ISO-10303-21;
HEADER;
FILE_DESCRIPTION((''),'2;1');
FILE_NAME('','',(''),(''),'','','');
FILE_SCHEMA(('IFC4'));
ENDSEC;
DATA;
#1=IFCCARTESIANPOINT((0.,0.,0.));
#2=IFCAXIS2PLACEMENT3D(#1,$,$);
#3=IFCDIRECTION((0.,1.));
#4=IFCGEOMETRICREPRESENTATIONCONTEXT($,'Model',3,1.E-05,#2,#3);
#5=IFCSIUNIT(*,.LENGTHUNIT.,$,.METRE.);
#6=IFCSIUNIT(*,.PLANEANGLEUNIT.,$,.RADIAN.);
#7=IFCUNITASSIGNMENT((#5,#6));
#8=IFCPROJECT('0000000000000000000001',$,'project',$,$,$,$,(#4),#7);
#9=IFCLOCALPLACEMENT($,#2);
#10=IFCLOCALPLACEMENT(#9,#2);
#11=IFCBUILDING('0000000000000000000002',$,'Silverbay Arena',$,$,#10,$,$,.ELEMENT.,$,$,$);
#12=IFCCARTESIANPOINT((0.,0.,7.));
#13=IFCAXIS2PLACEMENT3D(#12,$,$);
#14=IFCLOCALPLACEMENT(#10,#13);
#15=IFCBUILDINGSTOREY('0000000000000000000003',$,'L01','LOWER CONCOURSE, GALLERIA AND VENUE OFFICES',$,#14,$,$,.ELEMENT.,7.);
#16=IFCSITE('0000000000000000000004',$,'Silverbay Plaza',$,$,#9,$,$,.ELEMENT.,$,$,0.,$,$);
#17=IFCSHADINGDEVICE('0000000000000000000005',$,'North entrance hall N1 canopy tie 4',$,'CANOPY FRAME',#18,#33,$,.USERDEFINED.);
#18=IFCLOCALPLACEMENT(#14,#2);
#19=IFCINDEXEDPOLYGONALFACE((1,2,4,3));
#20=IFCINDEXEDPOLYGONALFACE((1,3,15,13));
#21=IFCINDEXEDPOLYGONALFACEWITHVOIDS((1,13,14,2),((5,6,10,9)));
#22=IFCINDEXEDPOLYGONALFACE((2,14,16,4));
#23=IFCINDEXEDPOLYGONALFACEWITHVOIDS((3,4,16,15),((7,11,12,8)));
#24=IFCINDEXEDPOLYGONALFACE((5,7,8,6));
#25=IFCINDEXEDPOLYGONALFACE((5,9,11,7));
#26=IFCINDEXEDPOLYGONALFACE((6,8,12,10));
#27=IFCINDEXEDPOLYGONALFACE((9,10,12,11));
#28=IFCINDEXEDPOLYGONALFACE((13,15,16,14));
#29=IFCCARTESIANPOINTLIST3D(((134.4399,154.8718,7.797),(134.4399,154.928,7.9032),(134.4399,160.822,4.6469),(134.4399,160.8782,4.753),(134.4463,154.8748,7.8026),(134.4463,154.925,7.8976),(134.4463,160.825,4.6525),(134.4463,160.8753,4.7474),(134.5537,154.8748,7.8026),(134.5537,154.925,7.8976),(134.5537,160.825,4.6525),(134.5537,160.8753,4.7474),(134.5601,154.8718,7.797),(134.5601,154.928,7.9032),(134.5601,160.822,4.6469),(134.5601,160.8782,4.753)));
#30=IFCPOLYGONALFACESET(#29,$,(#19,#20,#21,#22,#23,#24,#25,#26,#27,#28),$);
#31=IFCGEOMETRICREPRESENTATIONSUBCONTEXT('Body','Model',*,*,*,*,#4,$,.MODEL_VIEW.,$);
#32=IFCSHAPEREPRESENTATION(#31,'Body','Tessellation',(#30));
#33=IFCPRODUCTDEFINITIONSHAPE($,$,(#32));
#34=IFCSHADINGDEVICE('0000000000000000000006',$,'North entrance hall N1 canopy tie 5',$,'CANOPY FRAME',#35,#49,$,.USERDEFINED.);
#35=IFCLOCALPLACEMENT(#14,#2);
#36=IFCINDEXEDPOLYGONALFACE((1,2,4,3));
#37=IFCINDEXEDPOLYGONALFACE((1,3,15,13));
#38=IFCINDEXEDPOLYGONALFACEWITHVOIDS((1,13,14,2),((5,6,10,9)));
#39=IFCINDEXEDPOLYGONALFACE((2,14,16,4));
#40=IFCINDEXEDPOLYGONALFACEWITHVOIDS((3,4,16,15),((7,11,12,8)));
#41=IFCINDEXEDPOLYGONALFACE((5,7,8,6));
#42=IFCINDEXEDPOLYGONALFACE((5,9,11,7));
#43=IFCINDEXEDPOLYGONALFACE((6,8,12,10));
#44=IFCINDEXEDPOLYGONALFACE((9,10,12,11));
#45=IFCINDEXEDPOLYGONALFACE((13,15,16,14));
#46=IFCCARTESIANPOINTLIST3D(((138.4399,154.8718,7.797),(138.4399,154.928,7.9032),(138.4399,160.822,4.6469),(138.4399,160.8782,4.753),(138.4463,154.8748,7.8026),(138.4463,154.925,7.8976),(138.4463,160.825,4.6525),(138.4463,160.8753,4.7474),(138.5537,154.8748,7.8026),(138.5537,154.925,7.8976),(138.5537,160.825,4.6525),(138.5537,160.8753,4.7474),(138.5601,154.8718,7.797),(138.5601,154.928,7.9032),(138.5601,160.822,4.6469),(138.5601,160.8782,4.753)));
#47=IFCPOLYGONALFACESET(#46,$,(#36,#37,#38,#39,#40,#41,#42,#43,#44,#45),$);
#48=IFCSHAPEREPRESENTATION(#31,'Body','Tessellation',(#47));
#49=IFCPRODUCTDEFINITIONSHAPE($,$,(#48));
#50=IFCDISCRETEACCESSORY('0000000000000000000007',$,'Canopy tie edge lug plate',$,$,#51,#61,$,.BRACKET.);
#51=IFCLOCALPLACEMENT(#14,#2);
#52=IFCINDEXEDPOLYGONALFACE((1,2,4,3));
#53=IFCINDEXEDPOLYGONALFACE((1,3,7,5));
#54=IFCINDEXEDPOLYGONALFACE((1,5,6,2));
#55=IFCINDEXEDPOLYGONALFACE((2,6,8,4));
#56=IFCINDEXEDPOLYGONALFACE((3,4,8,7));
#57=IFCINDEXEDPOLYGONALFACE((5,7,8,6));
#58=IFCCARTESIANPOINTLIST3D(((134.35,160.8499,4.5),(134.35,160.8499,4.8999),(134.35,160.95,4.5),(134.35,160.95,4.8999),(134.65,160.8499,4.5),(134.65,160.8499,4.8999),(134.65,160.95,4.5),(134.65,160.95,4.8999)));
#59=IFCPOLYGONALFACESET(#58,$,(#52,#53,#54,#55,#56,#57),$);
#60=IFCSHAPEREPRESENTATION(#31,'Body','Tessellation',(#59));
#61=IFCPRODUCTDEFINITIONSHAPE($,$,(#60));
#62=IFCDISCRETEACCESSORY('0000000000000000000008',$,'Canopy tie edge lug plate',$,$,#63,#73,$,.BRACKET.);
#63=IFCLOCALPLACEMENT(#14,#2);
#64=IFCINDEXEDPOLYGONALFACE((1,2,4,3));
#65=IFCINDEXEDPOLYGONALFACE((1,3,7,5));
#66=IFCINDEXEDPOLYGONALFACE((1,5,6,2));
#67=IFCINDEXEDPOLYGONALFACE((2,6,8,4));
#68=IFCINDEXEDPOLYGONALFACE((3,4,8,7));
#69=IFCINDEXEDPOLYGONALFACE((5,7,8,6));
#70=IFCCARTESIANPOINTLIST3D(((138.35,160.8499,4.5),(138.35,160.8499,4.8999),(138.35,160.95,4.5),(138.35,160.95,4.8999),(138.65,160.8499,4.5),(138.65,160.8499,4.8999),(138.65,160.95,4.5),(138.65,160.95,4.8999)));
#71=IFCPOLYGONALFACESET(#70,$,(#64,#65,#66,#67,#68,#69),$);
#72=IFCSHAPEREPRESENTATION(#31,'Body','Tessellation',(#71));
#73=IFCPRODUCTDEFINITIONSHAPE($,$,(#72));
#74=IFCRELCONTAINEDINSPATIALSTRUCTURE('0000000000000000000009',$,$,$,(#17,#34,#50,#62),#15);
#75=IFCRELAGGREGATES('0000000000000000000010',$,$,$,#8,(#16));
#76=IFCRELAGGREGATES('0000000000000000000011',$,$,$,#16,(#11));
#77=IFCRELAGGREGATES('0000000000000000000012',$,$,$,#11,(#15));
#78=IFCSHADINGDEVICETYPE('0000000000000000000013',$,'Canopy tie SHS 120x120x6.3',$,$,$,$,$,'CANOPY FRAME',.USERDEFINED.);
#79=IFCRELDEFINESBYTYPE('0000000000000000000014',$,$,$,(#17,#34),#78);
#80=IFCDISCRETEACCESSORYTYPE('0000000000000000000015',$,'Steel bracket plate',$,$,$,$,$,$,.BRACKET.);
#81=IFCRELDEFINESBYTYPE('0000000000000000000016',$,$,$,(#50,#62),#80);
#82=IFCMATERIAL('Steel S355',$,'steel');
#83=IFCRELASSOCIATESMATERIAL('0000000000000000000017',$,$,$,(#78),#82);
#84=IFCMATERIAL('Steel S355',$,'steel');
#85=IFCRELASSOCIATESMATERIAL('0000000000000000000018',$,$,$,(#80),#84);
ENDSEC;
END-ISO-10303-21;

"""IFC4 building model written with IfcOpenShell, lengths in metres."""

from ifc_helpers import new_model, si_unit, direction, frame, origin, origin_2d, place, context, subcontext, project, spatial, rectangle, hollow_rectangle, extrude, material, material_profile, profile_set, type_object, element, save


model = new_model("IFC4")

# Units and contexts
model_context = context("Model", 3, precision=1e-05, world=origin(), true_north=direction((0.0, 1.0)))
body_context = subcontext(model_context, "Body", "Model", "MODEL_VIEW")
ifc_project = project(units=[si_unit("LENGTHUNIT", "METRE"), si_unit("PLANEANGLEUNIT", "RADIAN")], contexts=[model_context])

# Site, building, storey
site_placement = place(None, origin())
site = spatial("IfcSite", under=ifc_project, at=site_placement, Name="Silverbay Plaza", CompositionType="ELEMENT", RefElevation=0.0)
building_placement = place(site_placement, origin())
building = spatial("IfcBuilding", under=site, at=building_placement, Name="Silverbay Arena", CompositionType="ELEMENT")
storey_placement = place(building_placement, frame((0.0, 0.0, 7.0)))
storey = spatial("IfcBuildingStorey", under=building, at=storey_placement, Name="L01", Description="LOWER CONCOURSE, GALLERIA AND VENUE OFFICES", CompositionType="ELEMENT", Elevation=7.0)

# Shading devices
ifc_material_1 = material(Name="Steel S355", Category="steel")
ifc_material_profile_1 = material_profile(ifc_material_1, hollow_rectangle(XDim=0.1201, YDim=0.1201, WallThickness=0.0063, at=origin_2d()), Name="SHS 120x120x6.3")
ifc_profile_set_1 = profile_set([ifc_material_profile_1], Name="Steel S355")
shading_device_type_1 = type_object("IfcShadingDeviceType", Name="Canopy tie SHS 120x120x6.3", ElementType="CANOPY FRAME", PredefinedType="USERDEFINED", material=ifc_profile_set_1)
for number, where, z_axis, x_axis, name in (
    (1, (134.5, 154.8999, 7.8501), (0.0, 0.883785, -0.467893), (-1.0, 0.0, 0.0), "North entrance hall N1 canopy tie 4"),
    (2, (138.5, 154.8999, 7.8501), (0.0, 0.883785, -0.467893), (-1.0, 0.0, 0.0), "North entrance hall N1 canopy tie 5"),
):
    element("IfcShadingDevice", number, at=place(storey_placement, frame(where, z_axis=z_axis, x_axis=x_axis)), inside=storey, type_object=shading_device_type_1, Name=name, ObjectType="CANOPY FRAME", PredefinedType="USERDEFINED", context=body_context, shape_type="SweptSolid", body=[
        extrude(hollow_rectangle(XDim=0.1201, YDim=0.1201, WallThickness=0.0063, at=origin_2d()), origin(), (0.0, 0.0, 1.0), 6.7327),
    ])

# Discrete accessories
ifc_material_2 = material(Name="Steel S355", Category="steel")
discrete_accessory_type = type_object("IfcDiscreteAccessoryType", Name="Steel bracket plate", PredefinedType="BRACKET", material=ifc_material_2)
for number, where, z_axis, x_axis, name in (
    (3, (134.5, 160.8999, 4.5), (0.0, 0.0, 1.0), (1.0, 0.0, 0.0), "Canopy tie edge lug plate"),
    (4, (138.5, 160.8999, 4.5), (0.0, 0.0, 1.0), (1.0, 0.0, 0.0), "Canopy tie edge lug plate"),
):
    element("IfcDiscreteAccessory", number, at=place(storey_placement, frame(where, z_axis=z_axis, x_axis=x_axis)), inside=storey, type_object=discrete_accessory_type, Name=name, PredefinedType="BRACKET", context=body_context, shape_type="SweptSolid", body=[
        extrude(rectangle(XDim=0.3, YDim=0.1001, at=origin_2d()), origin(), (0.0, 0.0, 1.0), 0.3999),
    ])

save(model, "model.ifc")
